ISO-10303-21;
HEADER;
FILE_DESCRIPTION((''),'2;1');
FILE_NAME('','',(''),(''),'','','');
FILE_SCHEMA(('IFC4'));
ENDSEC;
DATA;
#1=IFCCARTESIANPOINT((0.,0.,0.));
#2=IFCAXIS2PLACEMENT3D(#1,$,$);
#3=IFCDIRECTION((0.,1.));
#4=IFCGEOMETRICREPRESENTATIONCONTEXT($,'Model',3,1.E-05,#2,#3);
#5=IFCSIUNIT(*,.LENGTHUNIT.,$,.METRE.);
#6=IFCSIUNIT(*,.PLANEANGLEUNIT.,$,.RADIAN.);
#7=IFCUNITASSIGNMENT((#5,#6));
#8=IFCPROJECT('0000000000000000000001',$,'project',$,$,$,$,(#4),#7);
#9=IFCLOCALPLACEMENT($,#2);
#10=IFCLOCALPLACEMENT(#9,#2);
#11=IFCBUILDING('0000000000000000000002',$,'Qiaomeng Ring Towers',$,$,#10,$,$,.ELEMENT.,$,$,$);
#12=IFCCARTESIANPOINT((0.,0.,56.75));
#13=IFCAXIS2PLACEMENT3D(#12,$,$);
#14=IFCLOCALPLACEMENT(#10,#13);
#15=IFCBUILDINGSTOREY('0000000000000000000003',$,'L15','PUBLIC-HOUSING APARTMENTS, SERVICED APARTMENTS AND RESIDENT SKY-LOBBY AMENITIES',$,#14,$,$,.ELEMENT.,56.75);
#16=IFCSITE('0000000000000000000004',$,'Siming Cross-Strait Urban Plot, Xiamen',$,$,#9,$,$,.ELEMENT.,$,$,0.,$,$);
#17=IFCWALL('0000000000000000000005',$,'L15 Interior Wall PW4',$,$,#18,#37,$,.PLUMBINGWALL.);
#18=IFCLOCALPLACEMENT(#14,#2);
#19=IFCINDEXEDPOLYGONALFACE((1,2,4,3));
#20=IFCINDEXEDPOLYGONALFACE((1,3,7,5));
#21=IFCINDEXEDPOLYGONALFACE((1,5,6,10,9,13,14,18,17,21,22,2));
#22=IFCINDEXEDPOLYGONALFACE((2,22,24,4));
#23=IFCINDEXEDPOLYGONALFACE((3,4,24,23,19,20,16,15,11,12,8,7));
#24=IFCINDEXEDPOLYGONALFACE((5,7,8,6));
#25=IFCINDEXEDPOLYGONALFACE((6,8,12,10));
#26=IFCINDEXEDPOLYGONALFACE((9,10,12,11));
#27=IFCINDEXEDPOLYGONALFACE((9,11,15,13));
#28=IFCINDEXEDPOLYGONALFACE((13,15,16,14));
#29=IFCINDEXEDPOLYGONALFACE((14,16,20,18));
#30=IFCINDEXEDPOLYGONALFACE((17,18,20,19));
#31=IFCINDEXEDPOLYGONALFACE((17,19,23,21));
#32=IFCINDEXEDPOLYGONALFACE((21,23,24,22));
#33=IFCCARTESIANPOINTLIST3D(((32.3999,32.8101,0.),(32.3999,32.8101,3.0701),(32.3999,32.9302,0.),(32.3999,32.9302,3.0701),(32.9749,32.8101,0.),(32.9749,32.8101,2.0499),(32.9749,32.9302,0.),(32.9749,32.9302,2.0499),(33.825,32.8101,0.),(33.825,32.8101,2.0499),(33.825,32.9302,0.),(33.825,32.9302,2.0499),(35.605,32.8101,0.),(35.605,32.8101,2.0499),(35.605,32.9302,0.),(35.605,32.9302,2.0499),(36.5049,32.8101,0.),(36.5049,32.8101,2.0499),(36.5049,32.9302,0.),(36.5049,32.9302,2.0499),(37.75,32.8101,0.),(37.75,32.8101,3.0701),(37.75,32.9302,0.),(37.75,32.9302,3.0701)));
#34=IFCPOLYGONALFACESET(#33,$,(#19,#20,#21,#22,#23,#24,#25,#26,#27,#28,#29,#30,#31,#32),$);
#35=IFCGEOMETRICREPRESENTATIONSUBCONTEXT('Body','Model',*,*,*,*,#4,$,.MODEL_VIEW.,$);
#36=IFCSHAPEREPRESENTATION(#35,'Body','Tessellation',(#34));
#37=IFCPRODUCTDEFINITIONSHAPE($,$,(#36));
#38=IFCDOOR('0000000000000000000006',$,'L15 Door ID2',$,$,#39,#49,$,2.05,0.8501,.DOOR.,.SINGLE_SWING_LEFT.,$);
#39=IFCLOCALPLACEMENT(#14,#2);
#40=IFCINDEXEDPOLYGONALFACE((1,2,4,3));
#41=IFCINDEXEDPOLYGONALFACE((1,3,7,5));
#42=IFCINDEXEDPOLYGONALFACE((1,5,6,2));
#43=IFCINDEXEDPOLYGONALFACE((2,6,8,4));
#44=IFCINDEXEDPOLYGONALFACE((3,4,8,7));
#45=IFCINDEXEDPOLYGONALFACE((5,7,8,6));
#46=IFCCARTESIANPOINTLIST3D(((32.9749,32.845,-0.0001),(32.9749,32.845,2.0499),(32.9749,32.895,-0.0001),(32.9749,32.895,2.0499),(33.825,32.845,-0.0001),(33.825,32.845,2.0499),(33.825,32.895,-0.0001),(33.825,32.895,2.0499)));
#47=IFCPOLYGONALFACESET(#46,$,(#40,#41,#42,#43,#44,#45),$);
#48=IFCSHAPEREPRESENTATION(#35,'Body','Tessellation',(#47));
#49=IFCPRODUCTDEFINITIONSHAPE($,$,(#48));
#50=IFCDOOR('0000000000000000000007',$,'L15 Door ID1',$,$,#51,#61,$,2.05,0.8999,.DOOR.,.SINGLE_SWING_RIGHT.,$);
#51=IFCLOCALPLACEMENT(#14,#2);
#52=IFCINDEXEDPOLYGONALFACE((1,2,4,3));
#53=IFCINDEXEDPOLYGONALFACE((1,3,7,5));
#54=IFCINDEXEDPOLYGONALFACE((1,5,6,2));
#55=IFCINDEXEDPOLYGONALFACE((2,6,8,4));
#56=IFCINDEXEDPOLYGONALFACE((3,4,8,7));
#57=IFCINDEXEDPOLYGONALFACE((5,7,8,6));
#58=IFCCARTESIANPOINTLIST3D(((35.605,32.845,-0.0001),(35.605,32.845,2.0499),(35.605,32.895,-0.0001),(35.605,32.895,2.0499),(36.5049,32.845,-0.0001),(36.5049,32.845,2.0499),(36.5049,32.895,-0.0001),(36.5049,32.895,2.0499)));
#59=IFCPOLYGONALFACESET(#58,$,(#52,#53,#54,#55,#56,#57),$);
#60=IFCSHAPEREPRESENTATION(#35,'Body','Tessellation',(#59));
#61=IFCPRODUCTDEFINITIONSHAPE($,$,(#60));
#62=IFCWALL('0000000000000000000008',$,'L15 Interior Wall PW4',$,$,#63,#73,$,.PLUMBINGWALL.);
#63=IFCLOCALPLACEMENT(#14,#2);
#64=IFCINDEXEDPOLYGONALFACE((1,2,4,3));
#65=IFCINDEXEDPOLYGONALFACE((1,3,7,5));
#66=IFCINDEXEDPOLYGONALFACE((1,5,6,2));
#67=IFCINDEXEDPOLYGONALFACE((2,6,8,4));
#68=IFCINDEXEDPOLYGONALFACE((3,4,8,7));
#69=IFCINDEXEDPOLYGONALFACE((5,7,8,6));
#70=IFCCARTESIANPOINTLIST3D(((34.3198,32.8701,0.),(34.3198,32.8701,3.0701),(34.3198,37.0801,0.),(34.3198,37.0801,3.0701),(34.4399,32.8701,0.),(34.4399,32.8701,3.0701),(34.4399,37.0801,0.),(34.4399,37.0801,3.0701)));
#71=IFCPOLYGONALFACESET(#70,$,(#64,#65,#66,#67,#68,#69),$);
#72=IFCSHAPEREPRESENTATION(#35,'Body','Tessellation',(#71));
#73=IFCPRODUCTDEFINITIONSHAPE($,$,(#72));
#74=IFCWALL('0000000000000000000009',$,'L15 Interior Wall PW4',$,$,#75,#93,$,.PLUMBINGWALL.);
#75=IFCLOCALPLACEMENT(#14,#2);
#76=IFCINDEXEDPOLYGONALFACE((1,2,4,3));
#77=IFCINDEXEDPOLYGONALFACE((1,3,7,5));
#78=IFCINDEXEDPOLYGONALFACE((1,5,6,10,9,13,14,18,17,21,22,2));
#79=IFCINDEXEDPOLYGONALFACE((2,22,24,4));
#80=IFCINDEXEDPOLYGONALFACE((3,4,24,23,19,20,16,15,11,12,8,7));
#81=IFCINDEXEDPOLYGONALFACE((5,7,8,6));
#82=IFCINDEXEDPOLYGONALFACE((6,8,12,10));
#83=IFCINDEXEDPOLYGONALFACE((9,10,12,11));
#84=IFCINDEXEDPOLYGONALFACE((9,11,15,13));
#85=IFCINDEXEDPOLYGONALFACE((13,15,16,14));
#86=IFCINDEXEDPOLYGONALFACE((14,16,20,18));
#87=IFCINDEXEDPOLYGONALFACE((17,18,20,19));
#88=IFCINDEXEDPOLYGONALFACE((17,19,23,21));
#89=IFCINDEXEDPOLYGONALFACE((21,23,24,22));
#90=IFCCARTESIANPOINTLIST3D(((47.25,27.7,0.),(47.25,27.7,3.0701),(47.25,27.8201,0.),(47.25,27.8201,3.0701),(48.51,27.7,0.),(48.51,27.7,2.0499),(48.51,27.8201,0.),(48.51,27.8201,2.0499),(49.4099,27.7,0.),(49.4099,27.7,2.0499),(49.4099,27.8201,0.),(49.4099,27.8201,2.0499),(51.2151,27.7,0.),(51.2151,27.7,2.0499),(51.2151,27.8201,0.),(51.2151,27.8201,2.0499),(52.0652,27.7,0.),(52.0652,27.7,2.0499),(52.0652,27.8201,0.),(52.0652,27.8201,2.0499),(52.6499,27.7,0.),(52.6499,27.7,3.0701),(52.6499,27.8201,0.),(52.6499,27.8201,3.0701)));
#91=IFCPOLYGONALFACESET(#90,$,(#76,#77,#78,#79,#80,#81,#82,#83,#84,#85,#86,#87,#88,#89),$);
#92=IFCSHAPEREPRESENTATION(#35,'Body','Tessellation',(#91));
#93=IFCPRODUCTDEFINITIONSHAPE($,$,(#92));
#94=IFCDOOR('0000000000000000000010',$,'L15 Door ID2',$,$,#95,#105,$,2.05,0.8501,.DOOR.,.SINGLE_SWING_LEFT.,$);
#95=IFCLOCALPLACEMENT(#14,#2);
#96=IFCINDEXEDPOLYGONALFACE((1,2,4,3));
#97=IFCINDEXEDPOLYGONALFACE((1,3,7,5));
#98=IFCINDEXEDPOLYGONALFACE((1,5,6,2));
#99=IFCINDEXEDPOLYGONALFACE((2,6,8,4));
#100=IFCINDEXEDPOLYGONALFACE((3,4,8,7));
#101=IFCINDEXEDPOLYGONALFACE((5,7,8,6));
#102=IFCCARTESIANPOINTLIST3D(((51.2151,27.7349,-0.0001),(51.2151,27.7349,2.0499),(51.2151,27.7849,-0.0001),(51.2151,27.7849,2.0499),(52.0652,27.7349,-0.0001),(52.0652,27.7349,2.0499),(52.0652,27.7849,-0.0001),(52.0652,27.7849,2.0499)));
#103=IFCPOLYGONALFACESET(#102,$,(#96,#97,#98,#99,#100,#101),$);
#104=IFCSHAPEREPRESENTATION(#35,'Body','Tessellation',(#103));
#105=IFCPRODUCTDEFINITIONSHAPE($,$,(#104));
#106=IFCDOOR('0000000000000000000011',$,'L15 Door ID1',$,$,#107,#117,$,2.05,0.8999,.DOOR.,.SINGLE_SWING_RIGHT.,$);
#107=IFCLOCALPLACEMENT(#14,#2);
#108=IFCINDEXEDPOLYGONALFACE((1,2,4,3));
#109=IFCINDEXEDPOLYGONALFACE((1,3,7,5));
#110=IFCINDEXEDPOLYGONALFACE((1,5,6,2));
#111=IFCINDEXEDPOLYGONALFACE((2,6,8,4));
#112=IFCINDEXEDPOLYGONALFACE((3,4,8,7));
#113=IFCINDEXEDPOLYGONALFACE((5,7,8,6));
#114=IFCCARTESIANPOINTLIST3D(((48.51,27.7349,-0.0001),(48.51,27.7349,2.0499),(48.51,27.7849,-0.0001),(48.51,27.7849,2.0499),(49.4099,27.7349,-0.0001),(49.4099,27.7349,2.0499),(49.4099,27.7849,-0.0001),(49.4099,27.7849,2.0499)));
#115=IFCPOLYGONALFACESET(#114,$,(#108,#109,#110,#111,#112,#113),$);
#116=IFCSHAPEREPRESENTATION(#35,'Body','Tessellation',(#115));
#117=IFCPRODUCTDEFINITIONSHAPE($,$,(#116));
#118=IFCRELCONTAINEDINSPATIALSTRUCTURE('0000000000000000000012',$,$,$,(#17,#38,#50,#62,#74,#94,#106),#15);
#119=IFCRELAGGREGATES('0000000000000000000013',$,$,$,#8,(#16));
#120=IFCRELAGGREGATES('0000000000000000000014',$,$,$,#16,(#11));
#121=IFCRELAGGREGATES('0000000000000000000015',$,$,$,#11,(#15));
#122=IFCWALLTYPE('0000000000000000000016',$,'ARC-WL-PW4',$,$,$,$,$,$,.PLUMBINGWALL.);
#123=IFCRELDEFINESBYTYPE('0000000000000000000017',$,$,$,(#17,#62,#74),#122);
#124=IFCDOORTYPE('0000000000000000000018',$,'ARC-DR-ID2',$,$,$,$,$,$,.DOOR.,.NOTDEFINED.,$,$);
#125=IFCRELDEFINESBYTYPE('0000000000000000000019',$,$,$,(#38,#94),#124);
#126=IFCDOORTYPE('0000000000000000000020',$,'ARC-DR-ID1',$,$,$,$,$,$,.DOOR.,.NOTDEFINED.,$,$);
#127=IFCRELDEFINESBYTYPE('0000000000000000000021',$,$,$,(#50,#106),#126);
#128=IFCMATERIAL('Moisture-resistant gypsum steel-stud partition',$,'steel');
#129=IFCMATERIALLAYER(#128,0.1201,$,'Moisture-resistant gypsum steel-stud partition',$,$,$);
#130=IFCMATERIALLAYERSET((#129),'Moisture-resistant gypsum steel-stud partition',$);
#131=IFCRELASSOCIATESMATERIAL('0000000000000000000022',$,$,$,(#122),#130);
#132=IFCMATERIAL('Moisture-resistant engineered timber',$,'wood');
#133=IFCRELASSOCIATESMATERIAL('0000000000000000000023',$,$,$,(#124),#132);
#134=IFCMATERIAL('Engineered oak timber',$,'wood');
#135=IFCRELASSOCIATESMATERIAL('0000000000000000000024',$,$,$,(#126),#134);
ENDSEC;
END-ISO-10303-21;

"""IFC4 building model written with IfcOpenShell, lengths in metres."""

from ifc_helpers import new_model, si_unit, direction, frame, frame_2d, origin, place, context, subcontext, project, spatial, rectangle, extrude, source, transform, mapped, material, layer, layer_set, type_object, element, fill, save


model = new_model("IFC4")

# Units and contexts
model_context = context("Model", 3, precision=1e-05, world=origin(), true_north=direction((0.0, 1.0)))
body_context = subcontext(model_context, "Body", "Model", "MODEL_VIEW")
ifc_project = project(units=[si_unit("LENGTHUNIT", "METRE"), si_unit("PLANEANGLEUNIT", "RADIAN")], contexts=[model_context])

# Site, building, storey
site_placement = place(None, origin())
site = spatial("IfcSite", under=ifc_project, at=site_placement, Name="Siming Cross-Strait Urban Plot, Xiamen", CompositionType="ELEMENT", RefElevation=0.0)
building_placement = place(site_placement, origin())
building = spatial("IfcBuilding", under=site, at=building_placement, Name="Qiaomeng Ring Towers", CompositionType="ELEMENT")
storey_placement = place(building_placement, frame((0.0, 0.0, 56.75)))
storey = spatial("IfcBuildingStorey", under=building, at=storey_placement, Name="L15", Description="PUBLIC-HOUSING APARTMENTS, SERVICED APARTMENTS AND RESIDENT SKY-LOBBY AMENITIES", CompositionType="ELEMENT", Elevation=56.75)

# Shared definitions
ifc_material_1 = material(Name="Moisture-resistant gypsum steel-stud partition", Category="steel")
ifc_layer_1 = layer(ifc_material_1, 0.1201, Name="Moisture-resistant gypsum steel-stud partition")
ifc_layer_set_1 = layer_set([ifc_layer_1], Name="Moisture-resistant gypsum steel-stud partition")
wall_type_1 = type_object("IfcWallType", Name="ARC-WL-PW4", PredefinedType="PLUMBINGWALL", material=ifc_layer_set_1)
ifc_material_2 = material(Name="Moisture-resistant engineered timber", Category="wood")
door_type_1 = type_object("IfcDoorType", Name="ARC-DR-ID2", OperationType="NOTDEFINED", PredefinedType="DOOR", material=ifc_material_2)
shared_shape_1 = source(origin(), body_context, "Body", "SweptSolid", [
    extrude(rectangle(XDim=0.8501, YDim=2.05, at=frame_2d((0.425, 1.0249))), frame((0.0, 0.0249, 0.0), z_axis=(0.0, -1.0, 0.0), x_axis=(1.0, 0.0, 0.0)), (0.0, 0.0, 1.0), 0.05),
])
ifc_material_3 = material(Name="Engineered oak timber", Category="wood")
door_type_2 = type_object("IfcDoorType", Name="ARC-DR-ID1", OperationType="NOTDEFINED", PredefinedType="DOOR", material=ifc_material_3)
shared_shape_2 = source(origin(), body_context, "Body", "SweptSolid", [
    extrude(rectangle(XDim=0.8999, YDim=2.05, at=frame_2d((0.45, 1.0249))), frame((0.0, 0.0249, 0.0), z_axis=(0.0, -1.0, 0.0), x_axis=(1.0, 0.0, 0.0)), (0.0, 0.0, 1.0), 0.05),
])

# Wall, openings, doors
wall_1_placement = place(storey_placement, frame((32.3999, 32.8701, 0.0), z_axis=(0.0, 0.0, 1.0), x_axis=(1.0, 0.0, 0.0)))
wall_1 = element("IfcWall", 1, at=wall_1_placement, inside=storey, type_object=wall_type_1, Name="L15 Interior Wall PW4", PredefinedType="PLUMBINGWALL", context=body_context, shape_type="SweptSolid", body=[
    extrude(rectangle(XDim=5.3501, YDim=0.1201, at=frame_2d((2.675, 0.0))), origin(), (0.0, 0.0, 1.0), 3.0701),
])
opening_1_placement = place(wall_1_placement, frame((0.575, 0.0, 0.0)))
opening_1 = element("IfcOpeningElement", 2, at=opening_1_placement, cuts=wall_1, PredefinedType="OPENING", context=body_context, shape_type="SweptSolid", body=[
    extrude(rectangle(XDim=0.8501, YDim=2.05, at=frame_2d((0.425, 1.0249))), frame((0.0, 0.0701, 0.0), z_axis=(0.0, -1.0, 0.0), x_axis=(1.0, 0.0, 0.0)), (0.0, 0.0, 1.0), 0.1401),
])
opening_2_placement = place(wall_1_placement, frame((3.2051, 0.0, 0.0)))
opening_2 = element("IfcOpeningElement", 3, at=opening_2_placement, cuts=wall_1, PredefinedType="OPENING", context=body_context, shape_type="SweptSolid", body=[
    extrude(rectangle(XDim=0.8999, YDim=2.05, at=frame_2d((0.45, 1.0249))), frame((0.0, 0.0701, 0.0), z_axis=(0.0, -1.0, 0.0), x_axis=(1.0, 0.0, 0.0)), (0.0, 0.0, 1.0), 0.1401),
])
door_1_placement = place(opening_1_placement, origin())
door_1 = element("IfcDoor", 4, at=door_1_placement, inside=storey, type_object=door_type_1, Name="L15 Door ID2", OperationType="SINGLE_SWING_LEFT", OverallHeight=2.05, OverallWidth=0.8501, PredefinedType="DOOR", context=body_context, shape_type="MappedRepresentation", body=[
    mapped(shared_shape_1, transform((0.0, 0.0, 0.0), x_axis=(1.0, 0.0, 0.0), y_axis=(0.0, 1.0, 0.0), z_axis=(0.0, 0.0, 1.0), scale=1.0)),
])
fill(opening_1, door_1)
door_2_placement = place(opening_2_placement, origin())
door_2 = element("IfcDoor", 5, at=door_2_placement, inside=storey, type_object=door_type_2, Name="L15 Door ID1", OperationType="SINGLE_SWING_RIGHT", OverallHeight=2.05, OverallWidth=0.8999, PredefinedType="DOOR", context=body_context, shape_type="MappedRepresentation", body=[
    mapped(shared_shape_2, transform((0.0, 0.0, 0.0), x_axis=(1.0, 0.0, 0.0), y_axis=(0.0, 1.0, 0.0), z_axis=(0.0, 0.0, 1.0), scale=1.0)),
])
fill(opening_2, door_2)

# Wall
wall_2_placement = place(storey_placement, frame((34.3799, 32.8701, 0.0), z_axis=(0.0, 0.0, 1.0), x_axis=(0.0, 1.0, 0.0)))
element("IfcWall", 6, at=wall_2_placement, inside=storey, type_object=wall_type_1, Name="L15 Interior Wall PW4", PredefinedType="PLUMBINGWALL", context=body_context, shape_type="SweptSolid", body=[
    extrude(rectangle(XDim=4.21, YDim=0.1201, at=frame_2d((2.105, 0.0))), origin(), (0.0, 0.0, 1.0), 3.0701),
])

# Wall, openings, doors
wall_3_placement = place(storey_placement, frame((47.25, 27.76, 0.0), z_axis=(0.0, 0.0, 1.0), x_axis=(1.0, 0.0, 0.0)))
wall_3 = element("IfcWall", 7, at=wall_3_placement, inside=storey, type_object=wall_type_1, Name="L15 Interior Wall PW4", PredefinedType="PLUMBINGWALL", context=body_context, shape_type="SweptSolid", body=[
    extrude(rectangle(XDim=5.3999, YDim=0.1201, at=frame_2d((2.7, 0.0))), origin(), (0.0, 0.0, 1.0), 3.0701),
])
opening_3_placement = place(wall_3_placement, frame((1.26, 0.0, 0.0)))
opening_3 = element("IfcOpeningElement", 8, at=opening_3_placement, cuts=wall_3, PredefinedType="OPENING", context=body_context, shape_type="SweptSolid", body=[
    extrude(rectangle(XDim=0.8999, YDim=2.05, at=frame_2d((0.45, 1.0249))), frame((0.0, 0.0701, 0.0), z_axis=(0.0, -1.0, 0.0), x_axis=(1.0, 0.0, 0.0)), (0.0, 0.0, 1.0), 0.1401),
])
opening_4_placement = place(wall_3_placement, frame((3.9651, 0.0, 0.0)))
opening_4 = element("IfcOpeningElement", 9, at=opening_4_placement, cuts=wall_3, PredefinedType="OPENING", context=body_context, shape_type="SweptSolid", body=[
    extrude(rectangle(XDim=0.8501, YDim=2.05, at=frame_2d((0.425, 1.0249))), frame((0.0, 0.0701, 0.0), z_axis=(0.0, -1.0, 0.0), x_axis=(1.0, 0.0, 0.0)), (0.0, 0.0, 1.0), 0.1401),
])
door_3_placement = place(opening_4_placement, origin())
door_3 = element("IfcDoor", 10, at=door_3_placement, inside=storey, type_object=door_type_1, Name="L15 Door ID2", OperationType="SINGLE_SWING_LEFT", OverallHeight=2.05, OverallWidth=0.8501, PredefinedType="DOOR", context=body_context, shape_type="MappedRepresentation", body=[
    mapped(shared_shape_1, transform((0.0, 0.0, 0.0), x_axis=(1.0, 0.0, 0.0), y_axis=(0.0, 1.0, 0.0), z_axis=(0.0, 0.0, 1.0), scale=1.0)),
])
fill(opening_4, door_3)
door_4_placement = place(opening_3_placement, origin())
door_4 = element("IfcDoor", 11, at=door_4_placement, inside=storey, type_object=door_type_2, Name="L15 Door ID1", OperationType="SINGLE_SWING_RIGHT", OverallHeight=2.05, OverallWidth=0.8999, PredefinedType="DOOR", context=body_context, shape_type="MappedRepresentation", body=[
    mapped(shared_shape_2, transform((0.0, 0.0, 0.0), x_axis=(1.0, 0.0, 0.0), y_axis=(0.0, 1.0, 0.0), z_axis=(0.0, 0.0, 1.0), scale=1.0)),
])
fill(opening_3, door_4)

save(model, "model.ifc")
